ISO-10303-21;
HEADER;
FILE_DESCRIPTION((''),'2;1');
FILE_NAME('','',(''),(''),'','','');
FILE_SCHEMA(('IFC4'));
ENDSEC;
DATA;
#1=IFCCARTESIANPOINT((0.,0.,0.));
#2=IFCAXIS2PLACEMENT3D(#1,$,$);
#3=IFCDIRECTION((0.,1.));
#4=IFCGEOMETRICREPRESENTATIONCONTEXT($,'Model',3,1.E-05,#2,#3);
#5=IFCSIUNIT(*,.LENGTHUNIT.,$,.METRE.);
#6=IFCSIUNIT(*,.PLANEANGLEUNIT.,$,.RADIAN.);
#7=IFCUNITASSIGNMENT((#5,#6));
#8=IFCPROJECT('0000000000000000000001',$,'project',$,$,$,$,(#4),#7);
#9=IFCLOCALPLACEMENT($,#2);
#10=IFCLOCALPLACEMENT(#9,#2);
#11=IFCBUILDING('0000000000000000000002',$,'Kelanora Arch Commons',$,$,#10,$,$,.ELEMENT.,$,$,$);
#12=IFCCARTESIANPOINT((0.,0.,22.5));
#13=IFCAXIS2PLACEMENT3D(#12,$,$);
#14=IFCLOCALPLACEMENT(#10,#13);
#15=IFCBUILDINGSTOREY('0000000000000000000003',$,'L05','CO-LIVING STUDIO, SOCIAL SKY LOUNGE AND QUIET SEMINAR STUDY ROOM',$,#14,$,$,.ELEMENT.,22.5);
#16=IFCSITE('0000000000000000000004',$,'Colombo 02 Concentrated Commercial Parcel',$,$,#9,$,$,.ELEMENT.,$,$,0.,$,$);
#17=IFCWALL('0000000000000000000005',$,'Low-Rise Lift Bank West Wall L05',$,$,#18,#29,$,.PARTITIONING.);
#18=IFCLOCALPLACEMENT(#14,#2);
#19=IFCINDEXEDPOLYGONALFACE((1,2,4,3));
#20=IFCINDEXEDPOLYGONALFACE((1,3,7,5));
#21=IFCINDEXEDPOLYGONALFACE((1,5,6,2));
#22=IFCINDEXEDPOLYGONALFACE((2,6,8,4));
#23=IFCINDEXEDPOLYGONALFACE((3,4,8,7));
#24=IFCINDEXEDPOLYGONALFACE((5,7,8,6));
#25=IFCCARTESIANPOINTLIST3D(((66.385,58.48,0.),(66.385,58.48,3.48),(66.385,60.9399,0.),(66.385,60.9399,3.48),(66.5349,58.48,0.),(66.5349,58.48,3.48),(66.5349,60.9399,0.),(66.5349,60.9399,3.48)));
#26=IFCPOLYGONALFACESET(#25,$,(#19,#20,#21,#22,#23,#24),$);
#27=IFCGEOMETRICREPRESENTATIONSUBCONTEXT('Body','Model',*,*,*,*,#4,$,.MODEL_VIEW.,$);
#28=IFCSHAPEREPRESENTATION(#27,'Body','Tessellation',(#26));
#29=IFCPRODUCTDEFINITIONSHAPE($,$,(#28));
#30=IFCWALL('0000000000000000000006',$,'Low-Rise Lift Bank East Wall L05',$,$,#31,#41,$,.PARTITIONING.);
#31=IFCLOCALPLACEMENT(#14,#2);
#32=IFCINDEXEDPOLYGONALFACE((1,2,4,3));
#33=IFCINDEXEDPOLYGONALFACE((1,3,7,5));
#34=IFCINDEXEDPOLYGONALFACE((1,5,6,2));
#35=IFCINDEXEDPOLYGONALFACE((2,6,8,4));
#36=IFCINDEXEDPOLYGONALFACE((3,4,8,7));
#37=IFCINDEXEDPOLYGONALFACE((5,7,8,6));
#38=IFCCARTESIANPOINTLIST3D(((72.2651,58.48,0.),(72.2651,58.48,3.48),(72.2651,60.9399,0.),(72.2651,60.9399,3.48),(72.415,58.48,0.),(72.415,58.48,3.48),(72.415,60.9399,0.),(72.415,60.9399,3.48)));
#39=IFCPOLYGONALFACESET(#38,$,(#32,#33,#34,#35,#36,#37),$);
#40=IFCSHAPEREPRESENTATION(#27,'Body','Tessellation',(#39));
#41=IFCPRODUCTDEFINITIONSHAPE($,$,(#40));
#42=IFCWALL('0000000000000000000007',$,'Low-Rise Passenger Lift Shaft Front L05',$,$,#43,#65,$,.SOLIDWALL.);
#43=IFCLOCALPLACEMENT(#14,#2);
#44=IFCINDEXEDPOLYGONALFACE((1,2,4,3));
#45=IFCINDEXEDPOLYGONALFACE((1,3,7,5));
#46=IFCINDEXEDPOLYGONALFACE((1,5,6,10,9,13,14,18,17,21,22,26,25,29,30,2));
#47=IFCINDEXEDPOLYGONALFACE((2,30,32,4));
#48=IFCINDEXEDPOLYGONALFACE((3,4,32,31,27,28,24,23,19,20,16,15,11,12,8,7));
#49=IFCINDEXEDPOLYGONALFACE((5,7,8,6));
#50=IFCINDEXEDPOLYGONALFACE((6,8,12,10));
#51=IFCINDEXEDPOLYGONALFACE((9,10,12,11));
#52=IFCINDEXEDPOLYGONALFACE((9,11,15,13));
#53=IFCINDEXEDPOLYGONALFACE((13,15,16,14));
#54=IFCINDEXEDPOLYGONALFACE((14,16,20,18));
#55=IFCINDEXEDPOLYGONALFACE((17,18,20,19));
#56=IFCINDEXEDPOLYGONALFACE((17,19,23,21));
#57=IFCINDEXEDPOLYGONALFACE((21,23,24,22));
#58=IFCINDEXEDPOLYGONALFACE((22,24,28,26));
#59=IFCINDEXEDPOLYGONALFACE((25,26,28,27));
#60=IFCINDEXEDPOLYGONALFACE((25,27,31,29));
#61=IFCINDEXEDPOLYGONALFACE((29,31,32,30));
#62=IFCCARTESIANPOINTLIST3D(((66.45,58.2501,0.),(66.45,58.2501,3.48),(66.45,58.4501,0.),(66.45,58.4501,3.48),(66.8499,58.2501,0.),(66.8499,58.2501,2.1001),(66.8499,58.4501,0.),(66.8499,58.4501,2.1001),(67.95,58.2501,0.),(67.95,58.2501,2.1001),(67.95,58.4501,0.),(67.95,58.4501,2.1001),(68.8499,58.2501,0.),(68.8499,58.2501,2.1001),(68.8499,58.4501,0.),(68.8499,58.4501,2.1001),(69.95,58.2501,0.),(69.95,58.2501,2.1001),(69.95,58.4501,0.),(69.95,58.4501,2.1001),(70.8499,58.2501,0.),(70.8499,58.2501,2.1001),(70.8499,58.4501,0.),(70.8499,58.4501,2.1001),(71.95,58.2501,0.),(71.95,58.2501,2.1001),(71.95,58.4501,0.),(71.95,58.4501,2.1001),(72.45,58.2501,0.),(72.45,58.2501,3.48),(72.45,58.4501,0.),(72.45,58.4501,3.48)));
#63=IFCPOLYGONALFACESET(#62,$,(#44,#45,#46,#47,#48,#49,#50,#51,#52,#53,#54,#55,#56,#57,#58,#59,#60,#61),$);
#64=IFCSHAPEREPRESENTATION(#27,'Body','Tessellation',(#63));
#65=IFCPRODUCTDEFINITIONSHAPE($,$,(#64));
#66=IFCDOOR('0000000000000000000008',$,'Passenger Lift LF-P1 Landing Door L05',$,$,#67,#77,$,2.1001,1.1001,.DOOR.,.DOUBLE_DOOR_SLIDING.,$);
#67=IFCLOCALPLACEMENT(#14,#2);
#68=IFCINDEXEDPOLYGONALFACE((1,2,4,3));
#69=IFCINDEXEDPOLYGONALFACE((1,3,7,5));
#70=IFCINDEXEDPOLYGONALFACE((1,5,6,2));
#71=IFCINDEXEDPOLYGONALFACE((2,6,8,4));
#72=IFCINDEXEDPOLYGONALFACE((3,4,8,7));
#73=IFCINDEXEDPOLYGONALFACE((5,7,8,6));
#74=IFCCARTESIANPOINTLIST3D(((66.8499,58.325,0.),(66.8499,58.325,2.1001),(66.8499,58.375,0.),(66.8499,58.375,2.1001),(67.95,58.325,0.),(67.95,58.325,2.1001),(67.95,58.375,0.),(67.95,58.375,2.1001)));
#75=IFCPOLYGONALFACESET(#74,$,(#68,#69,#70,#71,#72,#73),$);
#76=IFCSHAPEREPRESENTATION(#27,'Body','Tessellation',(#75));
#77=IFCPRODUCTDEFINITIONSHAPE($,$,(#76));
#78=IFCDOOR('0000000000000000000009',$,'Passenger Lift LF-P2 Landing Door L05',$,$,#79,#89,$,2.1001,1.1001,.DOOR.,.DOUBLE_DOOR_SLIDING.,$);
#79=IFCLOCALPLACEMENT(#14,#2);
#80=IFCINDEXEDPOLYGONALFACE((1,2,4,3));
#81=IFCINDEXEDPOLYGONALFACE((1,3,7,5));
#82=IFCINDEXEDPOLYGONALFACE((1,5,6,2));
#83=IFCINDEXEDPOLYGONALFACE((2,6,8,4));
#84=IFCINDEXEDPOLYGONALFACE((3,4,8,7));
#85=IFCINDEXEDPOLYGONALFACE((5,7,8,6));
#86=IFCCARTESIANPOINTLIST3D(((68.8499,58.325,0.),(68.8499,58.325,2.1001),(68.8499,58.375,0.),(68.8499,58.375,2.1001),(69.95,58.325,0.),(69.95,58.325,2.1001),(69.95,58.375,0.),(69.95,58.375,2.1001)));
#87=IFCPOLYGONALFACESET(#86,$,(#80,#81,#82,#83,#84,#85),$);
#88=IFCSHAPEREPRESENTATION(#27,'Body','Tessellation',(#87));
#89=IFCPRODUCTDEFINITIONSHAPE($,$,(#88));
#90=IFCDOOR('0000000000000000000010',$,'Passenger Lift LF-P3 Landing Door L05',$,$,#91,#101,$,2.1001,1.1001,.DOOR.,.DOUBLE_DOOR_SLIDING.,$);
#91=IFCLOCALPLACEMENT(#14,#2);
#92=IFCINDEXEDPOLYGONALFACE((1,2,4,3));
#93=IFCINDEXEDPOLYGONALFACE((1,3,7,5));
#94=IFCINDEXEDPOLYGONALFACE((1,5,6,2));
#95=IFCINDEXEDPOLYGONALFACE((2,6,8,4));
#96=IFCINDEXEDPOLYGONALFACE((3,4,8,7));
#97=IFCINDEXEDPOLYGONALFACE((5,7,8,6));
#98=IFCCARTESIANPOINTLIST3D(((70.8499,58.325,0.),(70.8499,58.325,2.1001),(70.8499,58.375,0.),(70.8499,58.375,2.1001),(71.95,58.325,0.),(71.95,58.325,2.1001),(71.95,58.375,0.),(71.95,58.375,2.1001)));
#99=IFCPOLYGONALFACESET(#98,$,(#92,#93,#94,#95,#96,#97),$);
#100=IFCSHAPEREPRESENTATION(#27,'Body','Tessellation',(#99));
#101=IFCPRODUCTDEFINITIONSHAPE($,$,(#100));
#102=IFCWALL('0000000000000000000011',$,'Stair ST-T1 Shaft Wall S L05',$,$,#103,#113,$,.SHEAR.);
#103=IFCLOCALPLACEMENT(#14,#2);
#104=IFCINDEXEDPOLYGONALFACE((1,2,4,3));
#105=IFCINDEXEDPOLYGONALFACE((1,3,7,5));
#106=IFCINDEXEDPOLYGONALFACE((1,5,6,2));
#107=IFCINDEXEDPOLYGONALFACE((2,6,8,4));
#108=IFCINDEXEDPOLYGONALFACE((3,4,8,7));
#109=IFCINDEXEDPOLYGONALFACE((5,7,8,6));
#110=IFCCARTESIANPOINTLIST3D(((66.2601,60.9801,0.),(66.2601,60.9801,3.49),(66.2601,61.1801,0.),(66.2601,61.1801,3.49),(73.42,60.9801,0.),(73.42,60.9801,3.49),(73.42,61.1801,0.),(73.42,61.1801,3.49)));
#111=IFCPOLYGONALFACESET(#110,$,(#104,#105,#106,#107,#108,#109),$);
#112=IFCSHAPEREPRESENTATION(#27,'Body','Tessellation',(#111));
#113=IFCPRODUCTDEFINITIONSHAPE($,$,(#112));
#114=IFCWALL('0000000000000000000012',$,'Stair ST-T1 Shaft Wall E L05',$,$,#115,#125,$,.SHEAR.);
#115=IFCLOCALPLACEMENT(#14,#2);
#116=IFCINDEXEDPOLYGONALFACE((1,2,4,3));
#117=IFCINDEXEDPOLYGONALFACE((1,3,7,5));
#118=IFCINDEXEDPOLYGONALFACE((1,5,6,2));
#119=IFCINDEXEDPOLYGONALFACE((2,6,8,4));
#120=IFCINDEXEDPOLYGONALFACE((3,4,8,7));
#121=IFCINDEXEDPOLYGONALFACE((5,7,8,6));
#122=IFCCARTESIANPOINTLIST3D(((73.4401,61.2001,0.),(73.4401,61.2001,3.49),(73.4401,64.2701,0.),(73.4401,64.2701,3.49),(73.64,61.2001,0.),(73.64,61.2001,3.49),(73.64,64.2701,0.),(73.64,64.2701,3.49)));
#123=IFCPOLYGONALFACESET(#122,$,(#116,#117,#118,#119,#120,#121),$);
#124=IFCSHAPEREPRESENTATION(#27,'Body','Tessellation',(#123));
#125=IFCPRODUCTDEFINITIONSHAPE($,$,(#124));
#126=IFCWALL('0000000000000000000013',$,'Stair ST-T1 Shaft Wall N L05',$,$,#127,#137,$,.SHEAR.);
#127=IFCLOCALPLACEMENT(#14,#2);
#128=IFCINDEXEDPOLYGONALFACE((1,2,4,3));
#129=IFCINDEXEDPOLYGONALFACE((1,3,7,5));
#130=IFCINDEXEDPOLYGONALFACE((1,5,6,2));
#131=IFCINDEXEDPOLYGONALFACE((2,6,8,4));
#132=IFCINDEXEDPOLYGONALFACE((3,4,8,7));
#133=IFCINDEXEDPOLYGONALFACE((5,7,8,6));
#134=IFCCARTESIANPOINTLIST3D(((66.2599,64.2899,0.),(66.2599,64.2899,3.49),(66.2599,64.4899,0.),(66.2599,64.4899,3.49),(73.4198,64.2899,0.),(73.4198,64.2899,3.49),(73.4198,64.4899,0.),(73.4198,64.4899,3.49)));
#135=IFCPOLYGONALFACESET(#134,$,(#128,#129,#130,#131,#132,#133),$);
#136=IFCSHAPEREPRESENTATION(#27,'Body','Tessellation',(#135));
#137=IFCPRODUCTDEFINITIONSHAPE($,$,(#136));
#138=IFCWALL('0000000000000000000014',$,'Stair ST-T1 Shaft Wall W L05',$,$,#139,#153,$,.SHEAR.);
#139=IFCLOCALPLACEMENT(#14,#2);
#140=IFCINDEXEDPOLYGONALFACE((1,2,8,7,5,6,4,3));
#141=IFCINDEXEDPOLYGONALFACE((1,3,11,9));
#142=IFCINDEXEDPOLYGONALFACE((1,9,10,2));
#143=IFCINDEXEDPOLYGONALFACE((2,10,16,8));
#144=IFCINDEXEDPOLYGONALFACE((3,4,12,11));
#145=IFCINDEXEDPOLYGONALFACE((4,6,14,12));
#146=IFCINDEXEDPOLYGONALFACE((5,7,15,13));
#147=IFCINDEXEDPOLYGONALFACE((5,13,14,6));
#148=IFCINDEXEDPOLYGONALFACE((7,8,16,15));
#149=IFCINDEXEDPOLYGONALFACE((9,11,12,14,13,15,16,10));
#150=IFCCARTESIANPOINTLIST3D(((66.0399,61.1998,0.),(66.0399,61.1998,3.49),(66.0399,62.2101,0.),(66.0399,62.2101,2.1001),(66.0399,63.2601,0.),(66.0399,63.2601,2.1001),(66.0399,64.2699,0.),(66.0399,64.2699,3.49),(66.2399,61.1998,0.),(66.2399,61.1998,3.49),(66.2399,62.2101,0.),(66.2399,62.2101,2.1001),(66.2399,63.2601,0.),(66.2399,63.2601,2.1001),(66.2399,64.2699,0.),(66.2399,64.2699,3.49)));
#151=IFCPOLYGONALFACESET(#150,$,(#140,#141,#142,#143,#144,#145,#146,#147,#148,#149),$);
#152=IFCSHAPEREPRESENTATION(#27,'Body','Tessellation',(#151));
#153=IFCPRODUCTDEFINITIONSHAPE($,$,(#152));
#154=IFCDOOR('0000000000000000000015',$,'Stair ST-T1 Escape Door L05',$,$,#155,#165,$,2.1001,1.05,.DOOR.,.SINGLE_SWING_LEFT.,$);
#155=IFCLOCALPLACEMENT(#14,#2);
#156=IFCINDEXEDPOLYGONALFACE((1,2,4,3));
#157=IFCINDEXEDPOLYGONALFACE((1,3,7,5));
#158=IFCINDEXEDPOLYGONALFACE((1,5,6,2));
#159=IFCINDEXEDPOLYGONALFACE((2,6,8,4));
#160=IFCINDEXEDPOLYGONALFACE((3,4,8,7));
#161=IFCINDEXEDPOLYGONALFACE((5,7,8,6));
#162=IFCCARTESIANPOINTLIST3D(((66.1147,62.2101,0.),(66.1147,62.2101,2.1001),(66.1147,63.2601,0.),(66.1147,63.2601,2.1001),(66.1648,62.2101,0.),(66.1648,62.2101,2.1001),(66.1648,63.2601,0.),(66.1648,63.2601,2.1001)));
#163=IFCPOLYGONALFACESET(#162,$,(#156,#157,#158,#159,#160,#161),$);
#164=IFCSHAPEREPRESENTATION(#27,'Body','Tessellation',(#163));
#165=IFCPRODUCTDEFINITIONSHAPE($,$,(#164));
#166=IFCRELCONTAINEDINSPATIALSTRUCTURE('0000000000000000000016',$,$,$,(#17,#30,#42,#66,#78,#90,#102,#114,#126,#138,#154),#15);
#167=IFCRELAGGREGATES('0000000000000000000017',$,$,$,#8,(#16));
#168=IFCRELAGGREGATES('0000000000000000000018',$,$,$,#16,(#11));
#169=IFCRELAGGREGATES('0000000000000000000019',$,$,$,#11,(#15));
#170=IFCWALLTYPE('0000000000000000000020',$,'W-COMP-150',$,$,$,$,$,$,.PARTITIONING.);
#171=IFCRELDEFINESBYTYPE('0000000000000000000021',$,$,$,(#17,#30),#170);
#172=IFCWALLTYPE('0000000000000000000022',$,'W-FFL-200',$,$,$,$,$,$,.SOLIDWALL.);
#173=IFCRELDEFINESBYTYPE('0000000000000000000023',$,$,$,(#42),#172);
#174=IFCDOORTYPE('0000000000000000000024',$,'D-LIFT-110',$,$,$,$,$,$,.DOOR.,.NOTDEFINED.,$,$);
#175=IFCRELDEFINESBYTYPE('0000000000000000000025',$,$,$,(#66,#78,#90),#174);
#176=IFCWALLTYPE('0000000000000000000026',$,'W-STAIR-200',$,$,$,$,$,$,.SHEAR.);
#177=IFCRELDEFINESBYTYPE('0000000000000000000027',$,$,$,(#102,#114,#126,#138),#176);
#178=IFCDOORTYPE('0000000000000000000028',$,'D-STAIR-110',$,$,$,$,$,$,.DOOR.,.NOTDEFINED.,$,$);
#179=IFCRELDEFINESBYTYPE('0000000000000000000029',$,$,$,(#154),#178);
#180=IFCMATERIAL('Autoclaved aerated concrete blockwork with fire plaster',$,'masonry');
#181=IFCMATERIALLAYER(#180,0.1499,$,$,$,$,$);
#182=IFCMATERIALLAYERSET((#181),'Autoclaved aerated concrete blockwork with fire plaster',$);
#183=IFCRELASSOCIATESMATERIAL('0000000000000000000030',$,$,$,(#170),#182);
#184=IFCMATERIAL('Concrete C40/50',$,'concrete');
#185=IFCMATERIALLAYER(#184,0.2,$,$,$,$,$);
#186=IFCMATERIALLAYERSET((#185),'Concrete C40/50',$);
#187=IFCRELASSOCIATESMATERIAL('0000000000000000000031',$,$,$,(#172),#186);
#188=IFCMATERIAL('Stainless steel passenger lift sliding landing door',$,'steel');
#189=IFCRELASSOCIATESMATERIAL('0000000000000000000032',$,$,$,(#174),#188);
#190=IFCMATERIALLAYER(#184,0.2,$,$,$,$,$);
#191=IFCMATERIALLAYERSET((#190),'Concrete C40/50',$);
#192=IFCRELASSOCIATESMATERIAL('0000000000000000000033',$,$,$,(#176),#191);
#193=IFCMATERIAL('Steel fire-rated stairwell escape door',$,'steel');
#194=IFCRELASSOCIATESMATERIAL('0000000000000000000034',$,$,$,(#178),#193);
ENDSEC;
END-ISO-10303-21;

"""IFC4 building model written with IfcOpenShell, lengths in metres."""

from ifc_helpers import new_model, si_unit, direction, frame, frame_2d, origin, place, context, subcontext, project, spatial, rectangle, extrude, material, layer, layer_set, type_object, element, fill, save


model = new_model("IFC4")

# Units and contexts
model_context = context("Model", 3, precision=1e-05, world=origin(), true_north=direction((0.0, 1.0)))
body_context = subcontext(model_context, "Body", "Model", "MODEL_VIEW")
ifc_project = project(units=[si_unit("LENGTHUNIT", "METRE"), si_unit("PLANEANGLEUNIT", "RADIAN")], contexts=[model_context])

# Site, building, storey
site_placement = place(None, origin())
site = spatial("IfcSite", under=ifc_project, at=site_placement, Name="Colombo 02 Concentrated Commercial Parcel", CompositionType="ELEMENT", RefElevation=0.0)
building_placement = place(site_placement, origin())
building = spatial("IfcBuilding", under=site, at=building_placement, Name="Kelanora Arch Commons", CompositionType="ELEMENT")
storey_placement = place(building_placement, frame((0.0, 0.0, 22.5)))
storey = spatial("IfcBuildingStorey", under=building, at=storey_placement, Name="L05", Description="CO-LIVING STUDIO, SOCIAL SKY LOUNGE AND QUIET SEMINAR STUDY ROOM", CompositionType="ELEMENT", Elevation=22.5)

# Walls
ifc_material_1 = material(Name="Autoclaved aerated concrete blockwork with fire plaster", Category="masonry")
ifc_layer_1 = layer(ifc_material_1, 0.1499)
ifc_layer_set_1 = layer_set([ifc_layer_1], Name="Autoclaved aerated concrete blockwork with fire plaster")
wall_type_1 = type_object("IfcWallType", Name="W-COMP-150", PredefinedType="PARTITIONING", material=ifc_layer_set_1)
for number, where, z_axis, x_axis, name in (
    (1, (66.46, 58.48, 0.0), (0.0, 0.0, 1.0), (0.0, 1.0, 0.0), "Low-Rise Lift Bank West Wall L05"),
    (2, (72.3401, 58.48, 0.0), (0.0, 0.0, 1.0), (0.0, 1.0, 0.0), "Low-Rise Lift Bank East Wall L05"),
):
    element("IfcWall", number, at=place(storey_placement, frame(where, z_axis=z_axis, x_axis=x_axis)), inside=storey, type_object=wall_type_1, Name=name, PredefinedType="PARTITIONING", context=body_context, shape_type="SweptSolid", body=[
        extrude(rectangle(XDim=2.46, YDim=0.1499, at=frame_2d((1.23, 0.0))), origin(), (0.0, 0.0, 1.0), 3.48),
    ])

# Wall, openings, doors
ifc_material_2 = material(Name="Concrete C40/50", Category="concrete")
ifc_layer_2 = layer(ifc_material_2, 0.2)
ifc_layer_set_2 = layer_set([ifc_layer_2], Name="Concrete C40/50")
wall_type_2 = type_object("IfcWallType", Name="W-FFL-200", PredefinedType="SOLIDWALL", material=ifc_layer_set_2)
wall_1_placement = place(storey_placement, frame((66.45, 58.3501, 0.0), z_axis=(0.0, 0.0, 1.0), x_axis=(1.0, 0.0, 0.0)))
wall_1 = element("IfcWall", 3, at=wall_1_placement, inside=storey, type_object=wall_type_2, Name="Low-Rise Passenger Lift Shaft Front L05", PredefinedType="SOLIDWALL", context=body_context, shape_type="SweptSolid", body=[
    extrude(rectangle(XDim=6.0, YDim=0.2, at=frame_2d((3.0, 0.0))), origin(), (0.0, 0.0, 1.0), 3.48),
])
opening_1_placement = place(wall_1_placement, frame((0.3999, 0.0, 0.0)))
opening_1 = element("IfcOpeningElement", 4, at=opening_1_placement, cuts=wall_1, PredefinedType="OPENING", context=body_context, shape_type="SweptSolid", body=[
    extrude(rectangle(XDim=1.1001, YDim=2.1001, at=frame_2d((0.55, 1.05))), frame((0.0, 0.1099, 0.0), z_axis=(0.0, -1.0, 0.0), x_axis=(1.0, 0.0, 0.0)), (0.0, 0.0, 1.0), 0.22),
])
opening_2_placement = place(wall_1_placement, frame((2.3999, 0.0, 0.0)))
opening_2 = element("IfcOpeningElement", 5, at=opening_2_placement, cuts=wall_1, PredefinedType="OPENING", context=body_context, shape_type="SweptSolid", body=[
    extrude(rectangle(XDim=1.1001, YDim=2.1001, at=frame_2d((0.55, 1.05))), frame((0.0, 0.1099, 0.0), z_axis=(0.0, -1.0, 0.0), x_axis=(1.0, 0.0, 0.0)), (0.0, 0.0, 1.0), 0.22),
])
opening_3_placement = place(wall_1_placement, frame((4.3999, 0.0, 0.0)))
opening_3 = element("IfcOpeningElement", 6, at=opening_3_placement, cuts=wall_1, PredefinedType="OPENING", context=body_context, shape_type="SweptSolid", body=[
    extrude(rectangle(XDim=1.1001, YDim=2.1001, at=frame_2d((0.55, 1.05))), frame((0.0, 0.1099, 0.0), z_axis=(0.0, -1.0, 0.0), x_axis=(1.0, 0.0, 0.0)), (0.0, 0.0, 1.0), 0.22),
])
ifc_material_3 = material(Name="Stainless steel passenger lift sliding landing door", Category="steel")
door_type_1 = type_object("IfcDoorType", Name="D-LIFT-110", OperationType="NOTDEFINED", PredefinedType="DOOR", material=ifc_material_3)
door_1_placement = place(opening_1_placement, origin())
door_1 = element("IfcDoor", 7, at=door_1_placement, inside=storey, type_object=door_type_1, Name="Passenger Lift LF-P1 Landing Door L05", OperationType="DOUBLE_DOOR_SLIDING", OverallHeight=2.1001, OverallWidth=1.1001, PredefinedType="DOOR", context=body_context, shape_type="SweptSolid", body=[
    extrude(rectangle(XDim=1.1001, YDim=2.1001, at=frame_2d((0.55, 1.05))), frame((0.0, 0.0249, 0.0), z_axis=(0.0, -1.0, 0.0), x_axis=(1.0, 0.0, 0.0)), (0.0, 0.0, 1.0), 0.05),
])
fill(opening_1, door_1)
door_2_placement = place(opening_2_placement, origin())
door_2 = element("IfcDoor", 8, at=door_2_placement, inside=storey, type_object=door_type_1, Name="Passenger Lift LF-P2 Landing Door L05", OperationType="DOUBLE_DOOR_SLIDING", OverallHeight=2.1001, OverallWidth=1.1001, PredefinedType="DOOR", context=body_context, shape_type="SweptSolid", body=[
    extrude(rectangle(XDim=1.1001, YDim=2.1001, at=frame_2d((0.55, 1.05))), frame((0.0, 0.0249, 0.0), z_axis=(0.0, -1.0, 0.0), x_axis=(1.0, 0.0, 0.0)), (0.0, 0.0, 1.0), 0.05),
])
fill(opening_2, door_2)
door_3_placement = place(opening_3_placement, origin())
door_3 = element("IfcDoor", 9, at=door_3_placement, inside=storey, type_object=door_type_1, Name="Passenger Lift LF-P3 Landing Door L05", OperationType="DOUBLE_DOOR_SLIDING", OverallHeight=2.1001, OverallWidth=1.1001, PredefinedType="DOOR", context=body_context, shape_type="SweptSolid", body=[
    extrude(rectangle(XDim=1.1001, YDim=2.1001, at=frame_2d((0.55, 1.05))), frame((0.0, 0.0249, 0.0), z_axis=(0.0, -1.0, 0.0), x_axis=(1.0, 0.0, 0.0)), (0.0, 0.0, 1.0), 0.05),
])
fill(opening_3, door_3)

# Walls
ifc_layer_3 = layer(ifc_material_2, 0.2)
ifc_layer_set_3 = layer_set([ifc_layer_3], Name="Concrete C40/50")
wall_type_3 = type_object("IfcWallType", Name="W-STAIR-200", PredefinedType="SHEAR", material=ifc_layer_set_3)
wall_2_placement = place(storey_placement, frame((66.26, 61.0801, 0.0), z_axis=(0.0, 0.0, 1.0), x_axis=(1.0, 0.0, 0.0)))
element("IfcWall", 10, at=wall_2_placement, inside=storey, type_object=wall_type_3, Name="Stair ST-T1 Shaft Wall S L05", PredefinedType="SHEAR", context=body_context, shape_type="SweptSolid", body=[
    extrude(rectangle(XDim=7.1599, YDim=0.2, at=frame_2d((3.5801, 0.0))), origin(), (0.0, 0.0, 1.0), 3.49),
])
wall_3_placement = place(storey_placement, frame((73.54, 61.2, 0.0), z_axis=(0.0, 0.0, 1.0), x_axis=(0.0, 1.0, 0.0)))
element("IfcWall", 11, at=wall_3_placement, inside=storey, type_object=wall_type_3, Name="Stair ST-T1 Shaft Wall E L05", PredefinedType="SHEAR", context=body_context, shape_type="SweptSolid", body=[
    extrude(rectangle(XDim=3.0701, YDim=0.2, at=frame_2d((1.5352, 0.0))), origin(), (0.0, 0.0, 1.0), 3.49),
])
wall_4_placement = place(storey_placement, frame((73.4199, 64.3899, 0.0), z_axis=(0.0, 0.0, 1.0), x_axis=(-1.0, 0.0, 0.0)))
element("IfcWall", 12, at=wall_4_placement, inside=storey, type_object=wall_type_3, Name="Stair ST-T1 Shaft Wall N L05", PredefinedType="SHEAR", context=body_context, shape_type="SweptSolid", body=[
    extrude(rectangle(XDim=7.1599, YDim=0.2, at=frame_2d((3.5801, 0.0))), origin(), (0.0, 0.0, 1.0), 3.49),
])

# Wall, opening, door
wall_5_placement = place(storey_placement, frame((66.1399, 64.27, 0.0), z_axis=(0.0, 0.0, 1.0), x_axis=(0.0, -1.0, 0.0)))
wall_5 = element("IfcWall", 13, at=wall_5_placement, inside=storey, type_object=wall_type_3, Name="Stair ST-T1 Shaft Wall W L05", PredefinedType="SHEAR", context=body_context, shape_type="SweptSolid", body=[
    extrude(rectangle(XDim=3.0701, YDim=0.2, at=frame_2d((1.5352, 0.0))), origin(), (0.0, 0.0, 1.0), 3.49),
])
opening_4_placement = place(wall_5_placement, frame((1.01, 0.0, 0.0)))
opening_4 = element("IfcOpeningElement", 14, at=opening_4_placement, cuts=wall_5, PredefinedType="OPENING", context=body_context, shape_type="SweptSolid", body=[
    extrude(rectangle(XDim=1.05, YDim=2.1001, at=frame_2d((0.5249, 1.05))), frame((0.0, 0.1099, 0.0), z_axis=(0.0, -1.0, 0.0), x_axis=(1.0, 0.0, 0.0)), (0.0, 0.0, 1.0), 0.22),
])
ifc_material_4 = material(Name="Steel fire-rated stairwell escape door", Category="steel")
door_type_2 = type_object("IfcDoorType", Name="D-STAIR-110", OperationType="NOTDEFINED", PredefinedType="DOOR", material=ifc_material_4)
door_4_placement = place(opening_4_placement, origin())
door_4 = element("IfcDoor", 15, at=door_4_placement, inside=storey, type_object=door_type_2, Name="Stair ST-T1 Escape Door L05", OperationType="SINGLE_SWING_LEFT", OverallHeight=2.1001, OverallWidth=1.05, PredefinedType="DOOR", context=body_context, shape_type="SweptSolid", body=[
    extrude(rectangle(XDim=1.05, YDim=2.1001, at=frame_2d((0.5249, 1.05))), frame((0.0, 0.0249, 0.0), z_axis=(0.0, -1.0, 0.0), x_axis=(1.0, 0.0, 0.0)), (0.0, 0.0, 1.0), 0.05),
])
fill(opening_4, door_4)

save(model, "model.ifc")
